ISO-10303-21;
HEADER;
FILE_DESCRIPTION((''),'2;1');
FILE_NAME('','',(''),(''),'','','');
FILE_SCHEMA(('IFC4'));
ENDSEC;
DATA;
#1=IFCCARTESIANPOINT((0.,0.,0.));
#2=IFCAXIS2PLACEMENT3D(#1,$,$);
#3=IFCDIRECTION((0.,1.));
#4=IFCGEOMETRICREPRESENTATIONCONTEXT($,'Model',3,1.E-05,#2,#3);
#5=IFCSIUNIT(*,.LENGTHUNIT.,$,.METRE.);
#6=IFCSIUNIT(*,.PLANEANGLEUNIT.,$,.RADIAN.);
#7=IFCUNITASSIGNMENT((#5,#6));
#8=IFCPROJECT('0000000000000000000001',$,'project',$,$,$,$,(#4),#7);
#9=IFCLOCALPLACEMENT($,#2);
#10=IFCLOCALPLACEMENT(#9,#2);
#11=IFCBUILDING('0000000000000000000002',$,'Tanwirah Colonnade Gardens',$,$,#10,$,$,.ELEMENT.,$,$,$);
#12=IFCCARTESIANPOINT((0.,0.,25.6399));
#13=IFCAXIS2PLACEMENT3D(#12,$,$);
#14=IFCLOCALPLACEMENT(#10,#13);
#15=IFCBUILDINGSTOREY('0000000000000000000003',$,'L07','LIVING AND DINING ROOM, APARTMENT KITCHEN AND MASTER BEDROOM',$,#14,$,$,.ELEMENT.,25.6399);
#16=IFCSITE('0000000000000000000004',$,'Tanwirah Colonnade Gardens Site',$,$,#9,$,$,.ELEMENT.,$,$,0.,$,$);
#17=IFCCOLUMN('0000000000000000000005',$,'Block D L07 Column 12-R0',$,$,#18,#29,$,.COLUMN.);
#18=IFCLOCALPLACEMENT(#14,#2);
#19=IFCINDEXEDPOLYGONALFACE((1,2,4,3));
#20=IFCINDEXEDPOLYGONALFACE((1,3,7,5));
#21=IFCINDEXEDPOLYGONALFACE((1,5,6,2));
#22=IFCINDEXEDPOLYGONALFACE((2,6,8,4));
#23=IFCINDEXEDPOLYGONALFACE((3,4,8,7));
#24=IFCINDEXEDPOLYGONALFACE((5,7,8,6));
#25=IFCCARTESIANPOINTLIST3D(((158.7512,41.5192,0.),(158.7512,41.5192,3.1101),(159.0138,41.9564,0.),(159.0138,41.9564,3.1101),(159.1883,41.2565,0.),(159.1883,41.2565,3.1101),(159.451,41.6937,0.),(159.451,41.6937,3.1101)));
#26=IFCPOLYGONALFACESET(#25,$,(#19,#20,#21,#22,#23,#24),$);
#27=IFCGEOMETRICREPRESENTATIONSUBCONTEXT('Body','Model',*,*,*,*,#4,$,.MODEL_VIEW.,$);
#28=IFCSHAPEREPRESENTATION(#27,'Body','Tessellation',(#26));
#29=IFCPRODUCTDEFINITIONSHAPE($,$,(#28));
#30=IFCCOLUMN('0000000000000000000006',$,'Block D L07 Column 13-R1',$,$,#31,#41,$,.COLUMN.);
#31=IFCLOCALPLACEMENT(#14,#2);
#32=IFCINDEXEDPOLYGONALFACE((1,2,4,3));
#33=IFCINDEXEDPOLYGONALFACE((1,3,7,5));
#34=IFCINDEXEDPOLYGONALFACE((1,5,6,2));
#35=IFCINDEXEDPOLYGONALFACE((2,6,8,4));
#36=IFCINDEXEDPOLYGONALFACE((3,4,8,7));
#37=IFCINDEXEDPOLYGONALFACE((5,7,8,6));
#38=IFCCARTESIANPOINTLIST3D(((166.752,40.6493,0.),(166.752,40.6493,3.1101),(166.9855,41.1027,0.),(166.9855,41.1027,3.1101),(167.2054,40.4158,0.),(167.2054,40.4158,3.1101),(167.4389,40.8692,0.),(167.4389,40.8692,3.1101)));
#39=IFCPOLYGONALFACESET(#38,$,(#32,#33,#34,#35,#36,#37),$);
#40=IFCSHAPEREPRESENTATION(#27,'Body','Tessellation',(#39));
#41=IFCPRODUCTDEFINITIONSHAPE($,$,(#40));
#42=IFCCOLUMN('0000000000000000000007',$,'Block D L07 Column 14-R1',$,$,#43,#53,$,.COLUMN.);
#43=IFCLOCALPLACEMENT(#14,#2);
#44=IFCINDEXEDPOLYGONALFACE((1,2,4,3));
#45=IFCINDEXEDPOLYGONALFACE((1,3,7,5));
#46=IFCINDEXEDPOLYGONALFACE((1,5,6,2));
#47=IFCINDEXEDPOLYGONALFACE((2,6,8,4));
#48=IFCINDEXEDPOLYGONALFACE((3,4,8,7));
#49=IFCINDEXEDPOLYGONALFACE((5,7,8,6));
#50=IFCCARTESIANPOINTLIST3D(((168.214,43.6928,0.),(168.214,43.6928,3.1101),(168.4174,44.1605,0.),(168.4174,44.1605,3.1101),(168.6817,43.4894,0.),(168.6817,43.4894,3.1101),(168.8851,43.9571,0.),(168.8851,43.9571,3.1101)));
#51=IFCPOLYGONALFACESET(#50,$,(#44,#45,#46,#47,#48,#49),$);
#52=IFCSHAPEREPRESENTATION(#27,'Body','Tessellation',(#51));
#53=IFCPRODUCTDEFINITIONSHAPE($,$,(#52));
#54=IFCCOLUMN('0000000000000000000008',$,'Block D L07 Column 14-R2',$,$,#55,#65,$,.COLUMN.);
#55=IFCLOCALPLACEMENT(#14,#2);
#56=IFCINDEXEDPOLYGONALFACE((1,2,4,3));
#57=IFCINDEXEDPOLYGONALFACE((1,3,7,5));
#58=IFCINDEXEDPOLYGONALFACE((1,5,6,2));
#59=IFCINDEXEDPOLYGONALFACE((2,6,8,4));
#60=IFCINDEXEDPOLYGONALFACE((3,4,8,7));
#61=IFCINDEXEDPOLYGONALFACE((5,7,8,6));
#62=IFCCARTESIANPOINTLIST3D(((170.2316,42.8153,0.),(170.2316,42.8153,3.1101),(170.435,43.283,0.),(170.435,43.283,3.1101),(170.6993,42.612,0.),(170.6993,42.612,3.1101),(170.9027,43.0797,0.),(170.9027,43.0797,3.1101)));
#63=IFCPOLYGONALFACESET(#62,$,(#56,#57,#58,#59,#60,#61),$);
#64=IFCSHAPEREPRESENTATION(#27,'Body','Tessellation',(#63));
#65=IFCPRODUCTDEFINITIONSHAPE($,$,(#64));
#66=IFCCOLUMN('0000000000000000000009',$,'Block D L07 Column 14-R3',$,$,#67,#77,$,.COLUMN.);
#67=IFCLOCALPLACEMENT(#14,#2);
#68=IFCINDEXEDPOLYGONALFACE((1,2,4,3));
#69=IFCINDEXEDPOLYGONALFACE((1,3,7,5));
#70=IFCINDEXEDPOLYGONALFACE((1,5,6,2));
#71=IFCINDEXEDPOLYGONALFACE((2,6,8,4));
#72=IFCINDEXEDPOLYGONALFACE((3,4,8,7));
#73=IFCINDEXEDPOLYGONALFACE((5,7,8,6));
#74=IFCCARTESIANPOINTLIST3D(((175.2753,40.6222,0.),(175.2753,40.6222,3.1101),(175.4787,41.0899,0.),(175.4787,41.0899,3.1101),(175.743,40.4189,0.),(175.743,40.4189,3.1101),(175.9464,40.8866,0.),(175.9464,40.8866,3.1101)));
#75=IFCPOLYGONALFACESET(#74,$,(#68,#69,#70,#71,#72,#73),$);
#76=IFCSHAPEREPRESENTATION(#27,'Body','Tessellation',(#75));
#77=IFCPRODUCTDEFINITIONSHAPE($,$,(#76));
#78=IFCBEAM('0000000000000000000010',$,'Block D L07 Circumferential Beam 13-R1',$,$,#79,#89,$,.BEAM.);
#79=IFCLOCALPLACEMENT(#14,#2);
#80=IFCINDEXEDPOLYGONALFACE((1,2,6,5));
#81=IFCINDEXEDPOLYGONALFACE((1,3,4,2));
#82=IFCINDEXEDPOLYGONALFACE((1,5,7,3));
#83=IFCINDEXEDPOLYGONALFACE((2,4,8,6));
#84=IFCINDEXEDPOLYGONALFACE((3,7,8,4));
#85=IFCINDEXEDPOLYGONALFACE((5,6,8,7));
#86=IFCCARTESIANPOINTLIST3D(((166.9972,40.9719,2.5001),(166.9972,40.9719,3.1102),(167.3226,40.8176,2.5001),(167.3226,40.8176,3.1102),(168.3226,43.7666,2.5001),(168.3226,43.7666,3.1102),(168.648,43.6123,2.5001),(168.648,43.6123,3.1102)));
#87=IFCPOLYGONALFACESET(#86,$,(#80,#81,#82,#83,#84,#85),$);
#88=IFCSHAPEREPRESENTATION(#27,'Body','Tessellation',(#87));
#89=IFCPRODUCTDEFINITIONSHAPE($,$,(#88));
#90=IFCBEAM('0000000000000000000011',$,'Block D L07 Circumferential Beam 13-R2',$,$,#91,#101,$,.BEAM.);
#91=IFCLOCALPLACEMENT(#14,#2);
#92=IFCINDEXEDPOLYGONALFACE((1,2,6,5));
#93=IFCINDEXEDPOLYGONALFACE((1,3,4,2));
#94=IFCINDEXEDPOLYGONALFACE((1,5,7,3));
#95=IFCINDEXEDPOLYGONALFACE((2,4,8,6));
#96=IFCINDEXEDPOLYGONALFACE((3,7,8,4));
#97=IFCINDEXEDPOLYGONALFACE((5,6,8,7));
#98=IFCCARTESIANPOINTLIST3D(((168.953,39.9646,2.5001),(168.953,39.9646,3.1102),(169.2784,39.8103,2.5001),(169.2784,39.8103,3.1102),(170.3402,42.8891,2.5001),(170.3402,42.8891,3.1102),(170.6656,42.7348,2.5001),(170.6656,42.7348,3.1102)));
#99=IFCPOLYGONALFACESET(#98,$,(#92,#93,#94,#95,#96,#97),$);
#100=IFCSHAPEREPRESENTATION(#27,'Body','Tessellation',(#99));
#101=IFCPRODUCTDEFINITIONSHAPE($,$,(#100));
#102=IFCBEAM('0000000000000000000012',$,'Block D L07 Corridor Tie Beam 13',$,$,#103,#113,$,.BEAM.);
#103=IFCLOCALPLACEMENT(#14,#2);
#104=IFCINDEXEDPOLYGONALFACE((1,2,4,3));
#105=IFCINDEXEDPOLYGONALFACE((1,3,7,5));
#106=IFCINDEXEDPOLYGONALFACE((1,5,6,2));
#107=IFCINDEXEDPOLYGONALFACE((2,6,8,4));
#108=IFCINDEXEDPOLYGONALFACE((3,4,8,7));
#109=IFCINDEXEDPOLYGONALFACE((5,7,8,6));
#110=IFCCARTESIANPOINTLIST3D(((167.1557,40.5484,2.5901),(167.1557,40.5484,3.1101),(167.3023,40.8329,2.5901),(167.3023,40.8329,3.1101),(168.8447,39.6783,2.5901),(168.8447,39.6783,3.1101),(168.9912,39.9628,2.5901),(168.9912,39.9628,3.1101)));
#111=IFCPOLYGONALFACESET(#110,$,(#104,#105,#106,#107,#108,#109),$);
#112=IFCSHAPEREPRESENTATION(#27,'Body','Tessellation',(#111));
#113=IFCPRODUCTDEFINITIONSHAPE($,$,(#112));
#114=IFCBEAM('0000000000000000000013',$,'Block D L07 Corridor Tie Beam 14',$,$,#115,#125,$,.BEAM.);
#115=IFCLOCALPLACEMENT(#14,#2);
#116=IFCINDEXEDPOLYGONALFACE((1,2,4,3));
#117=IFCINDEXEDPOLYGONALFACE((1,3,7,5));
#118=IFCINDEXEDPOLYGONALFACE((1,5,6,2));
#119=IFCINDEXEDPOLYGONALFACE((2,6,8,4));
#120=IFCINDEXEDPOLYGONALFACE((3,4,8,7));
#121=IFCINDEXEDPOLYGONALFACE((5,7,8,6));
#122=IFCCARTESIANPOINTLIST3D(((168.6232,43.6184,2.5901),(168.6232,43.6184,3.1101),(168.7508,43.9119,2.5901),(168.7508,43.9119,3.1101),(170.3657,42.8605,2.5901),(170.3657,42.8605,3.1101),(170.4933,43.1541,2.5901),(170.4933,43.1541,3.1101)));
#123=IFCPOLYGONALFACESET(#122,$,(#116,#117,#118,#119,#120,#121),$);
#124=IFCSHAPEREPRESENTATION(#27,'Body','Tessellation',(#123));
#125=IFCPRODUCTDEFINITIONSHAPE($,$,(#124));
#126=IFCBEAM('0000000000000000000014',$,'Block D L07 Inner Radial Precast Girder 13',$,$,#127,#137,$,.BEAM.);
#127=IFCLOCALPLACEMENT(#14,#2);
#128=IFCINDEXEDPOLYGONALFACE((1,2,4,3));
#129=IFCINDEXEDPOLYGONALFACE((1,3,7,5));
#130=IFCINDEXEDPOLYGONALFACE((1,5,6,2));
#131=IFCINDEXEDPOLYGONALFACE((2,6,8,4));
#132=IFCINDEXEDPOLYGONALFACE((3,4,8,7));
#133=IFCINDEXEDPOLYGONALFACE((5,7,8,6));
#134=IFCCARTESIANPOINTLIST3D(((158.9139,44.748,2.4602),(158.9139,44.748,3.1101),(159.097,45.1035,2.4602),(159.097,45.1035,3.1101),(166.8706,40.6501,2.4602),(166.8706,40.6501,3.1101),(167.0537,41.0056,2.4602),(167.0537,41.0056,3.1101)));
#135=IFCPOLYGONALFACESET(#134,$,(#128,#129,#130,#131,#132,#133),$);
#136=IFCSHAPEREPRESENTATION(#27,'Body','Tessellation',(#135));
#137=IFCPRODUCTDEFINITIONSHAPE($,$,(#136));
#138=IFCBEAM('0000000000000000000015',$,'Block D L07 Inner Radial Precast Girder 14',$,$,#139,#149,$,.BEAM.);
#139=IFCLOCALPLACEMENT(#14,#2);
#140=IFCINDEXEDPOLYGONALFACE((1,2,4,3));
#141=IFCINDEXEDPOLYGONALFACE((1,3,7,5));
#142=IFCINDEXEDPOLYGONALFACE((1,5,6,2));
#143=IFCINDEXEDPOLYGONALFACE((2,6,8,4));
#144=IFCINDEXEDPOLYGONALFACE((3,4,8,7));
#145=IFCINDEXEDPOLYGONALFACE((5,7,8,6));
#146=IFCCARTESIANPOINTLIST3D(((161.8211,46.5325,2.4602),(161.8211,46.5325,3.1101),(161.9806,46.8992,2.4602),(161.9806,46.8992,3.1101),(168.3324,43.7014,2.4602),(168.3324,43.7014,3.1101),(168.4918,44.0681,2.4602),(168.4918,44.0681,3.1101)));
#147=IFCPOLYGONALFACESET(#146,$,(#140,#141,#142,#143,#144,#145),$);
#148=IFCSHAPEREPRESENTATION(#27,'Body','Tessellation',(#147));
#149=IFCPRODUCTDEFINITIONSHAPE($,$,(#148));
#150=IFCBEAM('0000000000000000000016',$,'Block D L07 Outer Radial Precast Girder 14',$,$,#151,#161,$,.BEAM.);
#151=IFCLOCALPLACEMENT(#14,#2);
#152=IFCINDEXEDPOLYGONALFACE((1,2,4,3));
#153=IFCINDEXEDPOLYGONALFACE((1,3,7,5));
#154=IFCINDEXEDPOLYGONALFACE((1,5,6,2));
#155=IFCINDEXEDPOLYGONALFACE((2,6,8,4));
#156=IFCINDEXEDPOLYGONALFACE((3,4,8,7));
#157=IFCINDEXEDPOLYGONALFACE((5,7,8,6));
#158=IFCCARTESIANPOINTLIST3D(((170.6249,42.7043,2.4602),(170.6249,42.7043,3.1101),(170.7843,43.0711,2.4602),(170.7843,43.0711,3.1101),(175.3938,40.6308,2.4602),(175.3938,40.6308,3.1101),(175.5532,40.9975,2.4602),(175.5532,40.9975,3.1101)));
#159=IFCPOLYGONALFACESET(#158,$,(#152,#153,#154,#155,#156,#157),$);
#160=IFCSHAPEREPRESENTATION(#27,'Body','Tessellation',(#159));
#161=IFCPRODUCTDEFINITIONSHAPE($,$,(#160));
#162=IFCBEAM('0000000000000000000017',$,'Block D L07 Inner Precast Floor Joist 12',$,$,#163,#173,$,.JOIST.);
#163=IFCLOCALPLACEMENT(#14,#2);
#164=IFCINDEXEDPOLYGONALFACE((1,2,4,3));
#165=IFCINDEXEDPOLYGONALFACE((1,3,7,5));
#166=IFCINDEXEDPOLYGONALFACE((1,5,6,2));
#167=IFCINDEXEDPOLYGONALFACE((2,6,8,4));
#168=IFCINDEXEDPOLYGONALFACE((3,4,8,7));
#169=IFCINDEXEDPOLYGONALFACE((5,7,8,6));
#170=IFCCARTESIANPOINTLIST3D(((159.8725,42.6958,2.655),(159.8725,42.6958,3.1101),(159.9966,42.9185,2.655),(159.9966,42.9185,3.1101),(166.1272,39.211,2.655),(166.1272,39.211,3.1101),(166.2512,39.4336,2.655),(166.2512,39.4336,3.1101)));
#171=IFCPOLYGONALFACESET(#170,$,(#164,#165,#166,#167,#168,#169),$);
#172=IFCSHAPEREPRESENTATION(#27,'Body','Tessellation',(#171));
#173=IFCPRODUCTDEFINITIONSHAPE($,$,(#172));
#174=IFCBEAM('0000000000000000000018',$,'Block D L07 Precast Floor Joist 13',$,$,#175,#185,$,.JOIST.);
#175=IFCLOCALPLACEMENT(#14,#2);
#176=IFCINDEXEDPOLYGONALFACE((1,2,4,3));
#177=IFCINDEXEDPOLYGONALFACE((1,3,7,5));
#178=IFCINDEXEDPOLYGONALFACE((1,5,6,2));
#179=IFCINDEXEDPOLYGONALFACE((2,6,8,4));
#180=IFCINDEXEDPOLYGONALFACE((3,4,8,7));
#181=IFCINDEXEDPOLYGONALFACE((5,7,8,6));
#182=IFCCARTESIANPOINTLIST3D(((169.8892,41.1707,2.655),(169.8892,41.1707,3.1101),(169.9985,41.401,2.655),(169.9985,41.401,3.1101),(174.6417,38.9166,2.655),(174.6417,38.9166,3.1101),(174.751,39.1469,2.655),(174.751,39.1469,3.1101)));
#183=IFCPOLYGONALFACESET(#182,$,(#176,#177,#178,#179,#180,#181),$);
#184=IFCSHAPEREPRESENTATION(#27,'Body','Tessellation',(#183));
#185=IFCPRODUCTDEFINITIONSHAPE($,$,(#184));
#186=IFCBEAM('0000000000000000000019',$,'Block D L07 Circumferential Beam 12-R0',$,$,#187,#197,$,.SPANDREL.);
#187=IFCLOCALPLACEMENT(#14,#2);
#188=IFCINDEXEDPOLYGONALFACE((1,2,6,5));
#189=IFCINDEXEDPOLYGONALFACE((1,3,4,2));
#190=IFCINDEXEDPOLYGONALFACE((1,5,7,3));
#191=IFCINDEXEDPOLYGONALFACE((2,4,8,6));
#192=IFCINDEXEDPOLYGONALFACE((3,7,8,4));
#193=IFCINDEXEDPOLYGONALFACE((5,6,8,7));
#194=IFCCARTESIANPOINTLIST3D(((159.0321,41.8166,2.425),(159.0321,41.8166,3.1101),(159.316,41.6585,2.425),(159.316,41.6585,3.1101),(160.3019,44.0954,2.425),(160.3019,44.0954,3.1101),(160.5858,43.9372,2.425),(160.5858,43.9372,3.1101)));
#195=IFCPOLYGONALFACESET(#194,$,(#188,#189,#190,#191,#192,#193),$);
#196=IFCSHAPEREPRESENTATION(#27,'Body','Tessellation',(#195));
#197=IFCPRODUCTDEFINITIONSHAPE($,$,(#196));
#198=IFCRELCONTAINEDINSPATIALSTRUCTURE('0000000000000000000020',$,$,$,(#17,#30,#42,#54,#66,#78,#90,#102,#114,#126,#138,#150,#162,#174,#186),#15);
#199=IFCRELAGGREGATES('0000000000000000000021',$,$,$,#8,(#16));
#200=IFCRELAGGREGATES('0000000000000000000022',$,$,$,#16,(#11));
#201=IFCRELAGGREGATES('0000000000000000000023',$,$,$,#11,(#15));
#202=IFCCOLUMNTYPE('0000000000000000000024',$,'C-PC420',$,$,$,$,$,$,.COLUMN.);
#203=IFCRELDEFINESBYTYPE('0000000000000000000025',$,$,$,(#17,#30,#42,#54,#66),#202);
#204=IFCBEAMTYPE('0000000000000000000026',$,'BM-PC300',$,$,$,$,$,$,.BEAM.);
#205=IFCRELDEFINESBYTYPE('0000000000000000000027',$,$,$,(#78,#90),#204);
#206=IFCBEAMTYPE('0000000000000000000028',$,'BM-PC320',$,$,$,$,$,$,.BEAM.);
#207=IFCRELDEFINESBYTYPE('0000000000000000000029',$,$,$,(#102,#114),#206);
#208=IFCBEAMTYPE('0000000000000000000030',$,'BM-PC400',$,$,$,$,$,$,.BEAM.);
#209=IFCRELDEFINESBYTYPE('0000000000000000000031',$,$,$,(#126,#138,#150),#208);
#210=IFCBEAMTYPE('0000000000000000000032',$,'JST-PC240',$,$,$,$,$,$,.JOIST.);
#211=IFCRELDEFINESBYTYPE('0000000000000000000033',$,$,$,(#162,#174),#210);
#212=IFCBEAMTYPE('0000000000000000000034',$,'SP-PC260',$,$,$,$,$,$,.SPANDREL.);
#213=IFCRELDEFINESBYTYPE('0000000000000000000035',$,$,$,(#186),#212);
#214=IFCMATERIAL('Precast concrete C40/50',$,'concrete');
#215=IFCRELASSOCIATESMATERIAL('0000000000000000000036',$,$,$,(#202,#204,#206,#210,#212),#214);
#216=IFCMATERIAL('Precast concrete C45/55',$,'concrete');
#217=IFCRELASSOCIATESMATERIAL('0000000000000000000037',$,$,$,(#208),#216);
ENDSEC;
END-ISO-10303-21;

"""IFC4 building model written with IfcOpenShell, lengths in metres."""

from ifc_helpers import new_model, si_unit, direction, frame, origin, origin_2d, place, context, subcontext, project, spatial, rectangle, extrude, material, material_profile, profile_set, type_object, element, save


model = new_model("IFC4")

# Units and contexts
model_context = context("Model", 3, precision=1e-05, world=origin(), true_north=direction((0.0, 1.0)))
body_context = subcontext(model_context, "Body", "Model", "MODEL_VIEW")
ifc_project = project(units=[si_unit("LENGTHUNIT", "METRE"), si_unit("PLANEANGLEUNIT", "RADIAN")], contexts=[model_context])

# Site, building, storey
site_placement = place(None, origin())
site = spatial("IfcSite", under=ifc_project, at=site_placement, Name="Tanwirah Colonnade Gardens Site", CompositionType="ELEMENT", RefElevation=0.0)
building_placement = place(site_placement, origin())
building = spatial("IfcBuilding", under=site, at=building_placement, Name="Tanwirah Colonnade Gardens", CompositionType="ELEMENT")
storey_placement = place(building_placement, frame((0.0, 0.0, 25.6399)))
storey = spatial("IfcBuildingStorey", under=building, at=storey_placement, Name="L07", Description="LIVING AND DINING ROOM, APARTMENT KITCHEN AND MASTER BEDROOM", CompositionType="ELEMENT", Elevation=25.6399)

# Columns
ifc_material_1 = material(Name="Precast concrete C40/50", Category="concrete")
ifc_material_profile_1 = material_profile(ifc_material_1, rectangle(XDim=0.51, YDim=0.51, at=origin_2d()), Name="PC-COL 510x510")
ifc_profile_set_1 = profile_set([ifc_material_profile_1], Name="Precast concrete C40/50")
column_type = type_object("IfcColumnType", Name="C-PC420", PredefinedType="COLUMN", material=ifc_profile_set_1)
for number, where, z_axis, x_axis, name in (
    (1, (159.1011, 41.6064, 0.0), (0.0, 0.0, 1.0), (0.857167, -0.515038, 0.0), "Block D L07 Column 12-R0"),
    (2, (167.0955, 40.7593, 0.0), (0.0, 0.0, 1.0), (0.889017, -0.457874, 0.0), "Block D L07 Column 13-R1"),
    (3, (168.5496, 43.825, 0.0), (0.0, 0.0, 1.0), (0.91706, -0.398749, 0.0), "Block D L07 Column 14-R1"),
    (4, (170.5671, 42.9475, 0.0), (0.0, 0.0, 1.0), (0.91706, -0.398749, 0.0), "Block D L07 Column 14-R2"),
    (5, (175.6108, 40.7544, 0.0), (0.0, 0.0, 1.0), (0.91706, -0.398749, 0.0), "Block D L07 Column 14-R3"),
):
    element("IfcColumn", number, at=place(storey_placement, frame(where, z_axis=z_axis, x_axis=x_axis)), inside=storey, type_object=column_type, Name=name, PredefinedType="COLUMN", context=body_context, shape_type="SweptSolid", body=[
        extrude(rectangle(XDim=0.51, YDim=0.51, at=origin_2d()), origin(), (0.0, 0.0, 1.0), 3.1101),
    ])

# Beams
ifc_material_profile_2 = material_profile(ifc_material_1, rectangle(XDim=0.3601, YDim=0.6101, at=origin_2d()), Name="PC-BM 360x610")
ifc_profile_set_2 = profile_set([ifc_material_profile_2], Name="Precast concrete C40/50")
beam_type_1 = type_object("IfcBeamType", Name="BM-PC300", PredefinedType="BEAM", material=ifc_profile_set_2)
beam_1_placement = place(storey_placement, frame((167.1599, 40.8948, 2.8052), z_axis=(0.428521, 0.903532, 0.0), x_axis=(-0.903532, 0.428521, 0.0)))
element("IfcBeam", 6, at=beam_1_placement, inside=storey, type_object=beam_type_1, Name="Block D L07 Circumferential Beam 13-R1", PredefinedType="BEAM", context=body_context, shape_type="SweptSolid", body=[
    extrude(rectangle(XDim=0.3601, YDim=0.6101, at=origin_2d()), origin(), (0.0, 0.0, 1.0), 3.093),
])
beam_2_placement = place(storey_placement, frame((169.1157, 39.8875, 2.8052), z_axis=(0.428563, 0.903512, 0.0), x_axis=(-0.903512, 0.428563, 0.0)))
element("IfcBeam", 7, at=beam_2_placement, inside=storey, type_object=beam_type_1, Name="Block D L07 Circumferential Beam 13-R2", PredefinedType="BEAM", context=body_context, shape_type="SweptSolid", body=[
    extrude(rectangle(XDim=0.3601, YDim=0.6101, at=origin_2d()), origin(), (0.0, 0.0, 1.0), 3.2368),
])
ifc_material_profile_3 = material_profile(ifc_material_1, rectangle(XDim=0.3201, YDim=0.52, at=origin_2d()), Name="PC-BM 320x520")
ifc_profile_set_3 = profile_set([ifc_material_profile_3], Name="Precast concrete C40/50")
beam_type_2 = type_object("IfcBeamType", Name="BM-PC320", PredefinedType="BEAM", material=ifc_profile_set_3)
beam_3_placement = place(storey_placement, frame((167.229, 40.6907, 2.8501), z_axis=(0.888965, -0.457975, 0.0), x_axis=(0.457975, 0.888965, 0.0)))
element("IfcBeam", 8, at=beam_3_placement, inside=storey, type_object=beam_type_2, Name="Block D L07 Corridor Tie Beam 13", PredefinedType="BEAM", context=body_context, shape_type="SweptSolid", body=[
    extrude(rectangle(XDim=0.3201, YDim=0.52, at=origin_2d()), origin(), (0.0, 0.0, 1.0), 1.8999),
])
beam_4_placement = place(storey_placement, frame((168.687, 43.7651, 2.8501), z_axis=(0.917025, -0.398829, 0.0), x_axis=(0.398829, 0.917025, 0.0)))
element("IfcBeam", 9, at=beam_4_placement, inside=storey, type_object=beam_type_2, Name="Block D L07 Corridor Tie Beam 14", PredefinedType="BEAM", context=body_context, shape_type="SweptSolid", body=[
    extrude(rectangle(XDim=0.3201, YDim=0.52, at=origin_2d()), origin(), (0.0, 0.0, 1.0), 1.9001),
])
ifc_material_2 = material(Name="Precast concrete C45/55", Category="concrete")
ifc_material_profile_4 = material_profile(ifc_material_2, rectangle(XDim=0.3999, YDim=0.6499, at=origin_2d()), Name="PC-BM 400x650")
ifc_profile_set_4 = profile_set([ifc_material_profile_4], Name="Precast concrete C45/55")
beam_type_3 = type_object("IfcBeamType", Name="BM-PC400", PredefinedType="BEAM", material=ifc_profile_set_4)
beam_5_placement = place(storey_placement, frame((166.9622, 40.8279, 2.7852), z_axis=(-0.889022, 0.457864, 0.0), x_axis=(-0.457864, -0.889022, 0.0)))
element("IfcBeam", 10, at=beam_5_placement, inside=storey, type_object=beam_type_3, Name="Block D L07 Inner Radial Precast Girder 13", PredefinedType="BEAM", context=body_context, shape_type="SweptSolid", body=[
    extrude(rectangle(XDim=0.3999, YDim=0.6499, at=origin_2d()), origin(), (0.0, 0.0, 1.0), 8.95),
])
beam_6_placement = place(storey_placement, frame((168.4121, 43.8848, 2.7852), z_axis=(-0.917066, 0.398736, 0.0), x_axis=(-0.398736, -0.917066, 0.0)))
element("IfcBeam", 11, at=beam_6_placement, inside=storey, type_object=beam_type_3, Name="Block D L07 Inner Radial Precast Girder 14", PredefinedType="BEAM", context=body_context, shape_type="SweptSolid", body=[
    extrude(rectangle(XDim=0.3999, YDim=0.6499, at=origin_2d()), origin(), (0.0, 0.0, 1.0), 7.1001),
])
beam_7_placement = place(storey_placement, frame((170.7046, 42.8877, 2.7852), z_axis=(0.917063, -0.398742, 0.0), x_axis=(0.398742, 0.917063, 0.0)))
element("IfcBeam", 12, at=beam_7_placement, inside=storey, type_object=beam_type_3, Name="Block D L07 Outer Radial Precast Girder 14", PredefinedType="BEAM", context=body_context, shape_type="SweptSolid", body=[
    extrude(rectangle(XDim=0.3999, YDim=0.6499, at=origin_2d()), origin(), (0.0, 0.0, 1.0), 5.2002),
])
ifc_material_profile_5 = material_profile(ifc_material_1, rectangle(XDim=0.2549, YDim=0.4551, at=origin_2d()), Name="PC-JST 255x455")
ifc_profile_set_5 = profile_set([ifc_material_profile_5], Name="Precast concrete C40/50")
beam_type_4 = type_object("IfcBeamType", Name="JST-PC240", PredefinedType="JOIST", material=ifc_profile_set_5)
beam_8_placement = place(storey_placement, frame((159.9346, 42.8071, 2.8826), z_axis=(0.87356, -0.486717, 0.0), x_axis=(0.486717, 0.87356, 0.0)))
element("IfcBeam", 13, at=beam_8_placement, inside=storey, type_object=beam_type_4, Name="Block D L07 Inner Precast Floor Joist 12", PredefinedType="JOIST", context=body_context, shape_type="SweptSolid", body=[
    extrude(rectangle(XDim=0.2549, YDim=0.4551, at=origin_2d()), origin(), (0.0, 0.0, 1.0), 7.1599),
])
beam_9_placement = place(storey_placement, frame((169.9438, 41.2859, 2.8826), z_axis=(0.903518, -0.428551, 0.0), x_axis=(0.428551, 0.903518, 0.0)))
element("IfcBeam", 14, at=beam_9_placement, inside=storey, type_object=beam_type_4, Name="Block D L07 Precast Floor Joist 13", PredefinedType="JOIST", context=body_context, shape_type="SweptSolid", body=[
    extrude(rectangle(XDim=0.2549, YDim=0.4551, at=origin_2d()), origin(), (0.0, 0.0, 1.0), 5.26),
])
ifc_material_profile_6 = material_profile(ifc_material_1, rectangle(XDim=0.325, YDim=0.6851, at=origin_2d()), Name="PC-SP 325x685")
ifc_profile_set_6 = profile_set([ifc_material_profile_6], Name="Precast concrete C40/50")
beam_type_5 = type_object("IfcBeamType", Name="SP-PC260", PredefinedType="SPANDREL", material=ifc_profile_set_6)
beam_10_placement = place(storey_placement, frame((159.1741, 41.7375, 2.7676), z_axis=(0.486747, 0.873543, 0.0), x_axis=(-0.873543, 0.486747, 0.0)))
element("IfcBeam", 15, at=beam_10_placement, inside=storey, type_object=beam_type_5, Name="Block D L07 Circumferential Beam 12-R0", PredefinedType="SPANDREL", context=body_context, shape_type="SweptSolid", body=[
    extrude(rectangle(XDim=0.325, YDim=0.6851, at=origin_2d()), origin(), (0.0, 0.0, 1.0), 2.6086),
])

save(model, "model.ifc")
